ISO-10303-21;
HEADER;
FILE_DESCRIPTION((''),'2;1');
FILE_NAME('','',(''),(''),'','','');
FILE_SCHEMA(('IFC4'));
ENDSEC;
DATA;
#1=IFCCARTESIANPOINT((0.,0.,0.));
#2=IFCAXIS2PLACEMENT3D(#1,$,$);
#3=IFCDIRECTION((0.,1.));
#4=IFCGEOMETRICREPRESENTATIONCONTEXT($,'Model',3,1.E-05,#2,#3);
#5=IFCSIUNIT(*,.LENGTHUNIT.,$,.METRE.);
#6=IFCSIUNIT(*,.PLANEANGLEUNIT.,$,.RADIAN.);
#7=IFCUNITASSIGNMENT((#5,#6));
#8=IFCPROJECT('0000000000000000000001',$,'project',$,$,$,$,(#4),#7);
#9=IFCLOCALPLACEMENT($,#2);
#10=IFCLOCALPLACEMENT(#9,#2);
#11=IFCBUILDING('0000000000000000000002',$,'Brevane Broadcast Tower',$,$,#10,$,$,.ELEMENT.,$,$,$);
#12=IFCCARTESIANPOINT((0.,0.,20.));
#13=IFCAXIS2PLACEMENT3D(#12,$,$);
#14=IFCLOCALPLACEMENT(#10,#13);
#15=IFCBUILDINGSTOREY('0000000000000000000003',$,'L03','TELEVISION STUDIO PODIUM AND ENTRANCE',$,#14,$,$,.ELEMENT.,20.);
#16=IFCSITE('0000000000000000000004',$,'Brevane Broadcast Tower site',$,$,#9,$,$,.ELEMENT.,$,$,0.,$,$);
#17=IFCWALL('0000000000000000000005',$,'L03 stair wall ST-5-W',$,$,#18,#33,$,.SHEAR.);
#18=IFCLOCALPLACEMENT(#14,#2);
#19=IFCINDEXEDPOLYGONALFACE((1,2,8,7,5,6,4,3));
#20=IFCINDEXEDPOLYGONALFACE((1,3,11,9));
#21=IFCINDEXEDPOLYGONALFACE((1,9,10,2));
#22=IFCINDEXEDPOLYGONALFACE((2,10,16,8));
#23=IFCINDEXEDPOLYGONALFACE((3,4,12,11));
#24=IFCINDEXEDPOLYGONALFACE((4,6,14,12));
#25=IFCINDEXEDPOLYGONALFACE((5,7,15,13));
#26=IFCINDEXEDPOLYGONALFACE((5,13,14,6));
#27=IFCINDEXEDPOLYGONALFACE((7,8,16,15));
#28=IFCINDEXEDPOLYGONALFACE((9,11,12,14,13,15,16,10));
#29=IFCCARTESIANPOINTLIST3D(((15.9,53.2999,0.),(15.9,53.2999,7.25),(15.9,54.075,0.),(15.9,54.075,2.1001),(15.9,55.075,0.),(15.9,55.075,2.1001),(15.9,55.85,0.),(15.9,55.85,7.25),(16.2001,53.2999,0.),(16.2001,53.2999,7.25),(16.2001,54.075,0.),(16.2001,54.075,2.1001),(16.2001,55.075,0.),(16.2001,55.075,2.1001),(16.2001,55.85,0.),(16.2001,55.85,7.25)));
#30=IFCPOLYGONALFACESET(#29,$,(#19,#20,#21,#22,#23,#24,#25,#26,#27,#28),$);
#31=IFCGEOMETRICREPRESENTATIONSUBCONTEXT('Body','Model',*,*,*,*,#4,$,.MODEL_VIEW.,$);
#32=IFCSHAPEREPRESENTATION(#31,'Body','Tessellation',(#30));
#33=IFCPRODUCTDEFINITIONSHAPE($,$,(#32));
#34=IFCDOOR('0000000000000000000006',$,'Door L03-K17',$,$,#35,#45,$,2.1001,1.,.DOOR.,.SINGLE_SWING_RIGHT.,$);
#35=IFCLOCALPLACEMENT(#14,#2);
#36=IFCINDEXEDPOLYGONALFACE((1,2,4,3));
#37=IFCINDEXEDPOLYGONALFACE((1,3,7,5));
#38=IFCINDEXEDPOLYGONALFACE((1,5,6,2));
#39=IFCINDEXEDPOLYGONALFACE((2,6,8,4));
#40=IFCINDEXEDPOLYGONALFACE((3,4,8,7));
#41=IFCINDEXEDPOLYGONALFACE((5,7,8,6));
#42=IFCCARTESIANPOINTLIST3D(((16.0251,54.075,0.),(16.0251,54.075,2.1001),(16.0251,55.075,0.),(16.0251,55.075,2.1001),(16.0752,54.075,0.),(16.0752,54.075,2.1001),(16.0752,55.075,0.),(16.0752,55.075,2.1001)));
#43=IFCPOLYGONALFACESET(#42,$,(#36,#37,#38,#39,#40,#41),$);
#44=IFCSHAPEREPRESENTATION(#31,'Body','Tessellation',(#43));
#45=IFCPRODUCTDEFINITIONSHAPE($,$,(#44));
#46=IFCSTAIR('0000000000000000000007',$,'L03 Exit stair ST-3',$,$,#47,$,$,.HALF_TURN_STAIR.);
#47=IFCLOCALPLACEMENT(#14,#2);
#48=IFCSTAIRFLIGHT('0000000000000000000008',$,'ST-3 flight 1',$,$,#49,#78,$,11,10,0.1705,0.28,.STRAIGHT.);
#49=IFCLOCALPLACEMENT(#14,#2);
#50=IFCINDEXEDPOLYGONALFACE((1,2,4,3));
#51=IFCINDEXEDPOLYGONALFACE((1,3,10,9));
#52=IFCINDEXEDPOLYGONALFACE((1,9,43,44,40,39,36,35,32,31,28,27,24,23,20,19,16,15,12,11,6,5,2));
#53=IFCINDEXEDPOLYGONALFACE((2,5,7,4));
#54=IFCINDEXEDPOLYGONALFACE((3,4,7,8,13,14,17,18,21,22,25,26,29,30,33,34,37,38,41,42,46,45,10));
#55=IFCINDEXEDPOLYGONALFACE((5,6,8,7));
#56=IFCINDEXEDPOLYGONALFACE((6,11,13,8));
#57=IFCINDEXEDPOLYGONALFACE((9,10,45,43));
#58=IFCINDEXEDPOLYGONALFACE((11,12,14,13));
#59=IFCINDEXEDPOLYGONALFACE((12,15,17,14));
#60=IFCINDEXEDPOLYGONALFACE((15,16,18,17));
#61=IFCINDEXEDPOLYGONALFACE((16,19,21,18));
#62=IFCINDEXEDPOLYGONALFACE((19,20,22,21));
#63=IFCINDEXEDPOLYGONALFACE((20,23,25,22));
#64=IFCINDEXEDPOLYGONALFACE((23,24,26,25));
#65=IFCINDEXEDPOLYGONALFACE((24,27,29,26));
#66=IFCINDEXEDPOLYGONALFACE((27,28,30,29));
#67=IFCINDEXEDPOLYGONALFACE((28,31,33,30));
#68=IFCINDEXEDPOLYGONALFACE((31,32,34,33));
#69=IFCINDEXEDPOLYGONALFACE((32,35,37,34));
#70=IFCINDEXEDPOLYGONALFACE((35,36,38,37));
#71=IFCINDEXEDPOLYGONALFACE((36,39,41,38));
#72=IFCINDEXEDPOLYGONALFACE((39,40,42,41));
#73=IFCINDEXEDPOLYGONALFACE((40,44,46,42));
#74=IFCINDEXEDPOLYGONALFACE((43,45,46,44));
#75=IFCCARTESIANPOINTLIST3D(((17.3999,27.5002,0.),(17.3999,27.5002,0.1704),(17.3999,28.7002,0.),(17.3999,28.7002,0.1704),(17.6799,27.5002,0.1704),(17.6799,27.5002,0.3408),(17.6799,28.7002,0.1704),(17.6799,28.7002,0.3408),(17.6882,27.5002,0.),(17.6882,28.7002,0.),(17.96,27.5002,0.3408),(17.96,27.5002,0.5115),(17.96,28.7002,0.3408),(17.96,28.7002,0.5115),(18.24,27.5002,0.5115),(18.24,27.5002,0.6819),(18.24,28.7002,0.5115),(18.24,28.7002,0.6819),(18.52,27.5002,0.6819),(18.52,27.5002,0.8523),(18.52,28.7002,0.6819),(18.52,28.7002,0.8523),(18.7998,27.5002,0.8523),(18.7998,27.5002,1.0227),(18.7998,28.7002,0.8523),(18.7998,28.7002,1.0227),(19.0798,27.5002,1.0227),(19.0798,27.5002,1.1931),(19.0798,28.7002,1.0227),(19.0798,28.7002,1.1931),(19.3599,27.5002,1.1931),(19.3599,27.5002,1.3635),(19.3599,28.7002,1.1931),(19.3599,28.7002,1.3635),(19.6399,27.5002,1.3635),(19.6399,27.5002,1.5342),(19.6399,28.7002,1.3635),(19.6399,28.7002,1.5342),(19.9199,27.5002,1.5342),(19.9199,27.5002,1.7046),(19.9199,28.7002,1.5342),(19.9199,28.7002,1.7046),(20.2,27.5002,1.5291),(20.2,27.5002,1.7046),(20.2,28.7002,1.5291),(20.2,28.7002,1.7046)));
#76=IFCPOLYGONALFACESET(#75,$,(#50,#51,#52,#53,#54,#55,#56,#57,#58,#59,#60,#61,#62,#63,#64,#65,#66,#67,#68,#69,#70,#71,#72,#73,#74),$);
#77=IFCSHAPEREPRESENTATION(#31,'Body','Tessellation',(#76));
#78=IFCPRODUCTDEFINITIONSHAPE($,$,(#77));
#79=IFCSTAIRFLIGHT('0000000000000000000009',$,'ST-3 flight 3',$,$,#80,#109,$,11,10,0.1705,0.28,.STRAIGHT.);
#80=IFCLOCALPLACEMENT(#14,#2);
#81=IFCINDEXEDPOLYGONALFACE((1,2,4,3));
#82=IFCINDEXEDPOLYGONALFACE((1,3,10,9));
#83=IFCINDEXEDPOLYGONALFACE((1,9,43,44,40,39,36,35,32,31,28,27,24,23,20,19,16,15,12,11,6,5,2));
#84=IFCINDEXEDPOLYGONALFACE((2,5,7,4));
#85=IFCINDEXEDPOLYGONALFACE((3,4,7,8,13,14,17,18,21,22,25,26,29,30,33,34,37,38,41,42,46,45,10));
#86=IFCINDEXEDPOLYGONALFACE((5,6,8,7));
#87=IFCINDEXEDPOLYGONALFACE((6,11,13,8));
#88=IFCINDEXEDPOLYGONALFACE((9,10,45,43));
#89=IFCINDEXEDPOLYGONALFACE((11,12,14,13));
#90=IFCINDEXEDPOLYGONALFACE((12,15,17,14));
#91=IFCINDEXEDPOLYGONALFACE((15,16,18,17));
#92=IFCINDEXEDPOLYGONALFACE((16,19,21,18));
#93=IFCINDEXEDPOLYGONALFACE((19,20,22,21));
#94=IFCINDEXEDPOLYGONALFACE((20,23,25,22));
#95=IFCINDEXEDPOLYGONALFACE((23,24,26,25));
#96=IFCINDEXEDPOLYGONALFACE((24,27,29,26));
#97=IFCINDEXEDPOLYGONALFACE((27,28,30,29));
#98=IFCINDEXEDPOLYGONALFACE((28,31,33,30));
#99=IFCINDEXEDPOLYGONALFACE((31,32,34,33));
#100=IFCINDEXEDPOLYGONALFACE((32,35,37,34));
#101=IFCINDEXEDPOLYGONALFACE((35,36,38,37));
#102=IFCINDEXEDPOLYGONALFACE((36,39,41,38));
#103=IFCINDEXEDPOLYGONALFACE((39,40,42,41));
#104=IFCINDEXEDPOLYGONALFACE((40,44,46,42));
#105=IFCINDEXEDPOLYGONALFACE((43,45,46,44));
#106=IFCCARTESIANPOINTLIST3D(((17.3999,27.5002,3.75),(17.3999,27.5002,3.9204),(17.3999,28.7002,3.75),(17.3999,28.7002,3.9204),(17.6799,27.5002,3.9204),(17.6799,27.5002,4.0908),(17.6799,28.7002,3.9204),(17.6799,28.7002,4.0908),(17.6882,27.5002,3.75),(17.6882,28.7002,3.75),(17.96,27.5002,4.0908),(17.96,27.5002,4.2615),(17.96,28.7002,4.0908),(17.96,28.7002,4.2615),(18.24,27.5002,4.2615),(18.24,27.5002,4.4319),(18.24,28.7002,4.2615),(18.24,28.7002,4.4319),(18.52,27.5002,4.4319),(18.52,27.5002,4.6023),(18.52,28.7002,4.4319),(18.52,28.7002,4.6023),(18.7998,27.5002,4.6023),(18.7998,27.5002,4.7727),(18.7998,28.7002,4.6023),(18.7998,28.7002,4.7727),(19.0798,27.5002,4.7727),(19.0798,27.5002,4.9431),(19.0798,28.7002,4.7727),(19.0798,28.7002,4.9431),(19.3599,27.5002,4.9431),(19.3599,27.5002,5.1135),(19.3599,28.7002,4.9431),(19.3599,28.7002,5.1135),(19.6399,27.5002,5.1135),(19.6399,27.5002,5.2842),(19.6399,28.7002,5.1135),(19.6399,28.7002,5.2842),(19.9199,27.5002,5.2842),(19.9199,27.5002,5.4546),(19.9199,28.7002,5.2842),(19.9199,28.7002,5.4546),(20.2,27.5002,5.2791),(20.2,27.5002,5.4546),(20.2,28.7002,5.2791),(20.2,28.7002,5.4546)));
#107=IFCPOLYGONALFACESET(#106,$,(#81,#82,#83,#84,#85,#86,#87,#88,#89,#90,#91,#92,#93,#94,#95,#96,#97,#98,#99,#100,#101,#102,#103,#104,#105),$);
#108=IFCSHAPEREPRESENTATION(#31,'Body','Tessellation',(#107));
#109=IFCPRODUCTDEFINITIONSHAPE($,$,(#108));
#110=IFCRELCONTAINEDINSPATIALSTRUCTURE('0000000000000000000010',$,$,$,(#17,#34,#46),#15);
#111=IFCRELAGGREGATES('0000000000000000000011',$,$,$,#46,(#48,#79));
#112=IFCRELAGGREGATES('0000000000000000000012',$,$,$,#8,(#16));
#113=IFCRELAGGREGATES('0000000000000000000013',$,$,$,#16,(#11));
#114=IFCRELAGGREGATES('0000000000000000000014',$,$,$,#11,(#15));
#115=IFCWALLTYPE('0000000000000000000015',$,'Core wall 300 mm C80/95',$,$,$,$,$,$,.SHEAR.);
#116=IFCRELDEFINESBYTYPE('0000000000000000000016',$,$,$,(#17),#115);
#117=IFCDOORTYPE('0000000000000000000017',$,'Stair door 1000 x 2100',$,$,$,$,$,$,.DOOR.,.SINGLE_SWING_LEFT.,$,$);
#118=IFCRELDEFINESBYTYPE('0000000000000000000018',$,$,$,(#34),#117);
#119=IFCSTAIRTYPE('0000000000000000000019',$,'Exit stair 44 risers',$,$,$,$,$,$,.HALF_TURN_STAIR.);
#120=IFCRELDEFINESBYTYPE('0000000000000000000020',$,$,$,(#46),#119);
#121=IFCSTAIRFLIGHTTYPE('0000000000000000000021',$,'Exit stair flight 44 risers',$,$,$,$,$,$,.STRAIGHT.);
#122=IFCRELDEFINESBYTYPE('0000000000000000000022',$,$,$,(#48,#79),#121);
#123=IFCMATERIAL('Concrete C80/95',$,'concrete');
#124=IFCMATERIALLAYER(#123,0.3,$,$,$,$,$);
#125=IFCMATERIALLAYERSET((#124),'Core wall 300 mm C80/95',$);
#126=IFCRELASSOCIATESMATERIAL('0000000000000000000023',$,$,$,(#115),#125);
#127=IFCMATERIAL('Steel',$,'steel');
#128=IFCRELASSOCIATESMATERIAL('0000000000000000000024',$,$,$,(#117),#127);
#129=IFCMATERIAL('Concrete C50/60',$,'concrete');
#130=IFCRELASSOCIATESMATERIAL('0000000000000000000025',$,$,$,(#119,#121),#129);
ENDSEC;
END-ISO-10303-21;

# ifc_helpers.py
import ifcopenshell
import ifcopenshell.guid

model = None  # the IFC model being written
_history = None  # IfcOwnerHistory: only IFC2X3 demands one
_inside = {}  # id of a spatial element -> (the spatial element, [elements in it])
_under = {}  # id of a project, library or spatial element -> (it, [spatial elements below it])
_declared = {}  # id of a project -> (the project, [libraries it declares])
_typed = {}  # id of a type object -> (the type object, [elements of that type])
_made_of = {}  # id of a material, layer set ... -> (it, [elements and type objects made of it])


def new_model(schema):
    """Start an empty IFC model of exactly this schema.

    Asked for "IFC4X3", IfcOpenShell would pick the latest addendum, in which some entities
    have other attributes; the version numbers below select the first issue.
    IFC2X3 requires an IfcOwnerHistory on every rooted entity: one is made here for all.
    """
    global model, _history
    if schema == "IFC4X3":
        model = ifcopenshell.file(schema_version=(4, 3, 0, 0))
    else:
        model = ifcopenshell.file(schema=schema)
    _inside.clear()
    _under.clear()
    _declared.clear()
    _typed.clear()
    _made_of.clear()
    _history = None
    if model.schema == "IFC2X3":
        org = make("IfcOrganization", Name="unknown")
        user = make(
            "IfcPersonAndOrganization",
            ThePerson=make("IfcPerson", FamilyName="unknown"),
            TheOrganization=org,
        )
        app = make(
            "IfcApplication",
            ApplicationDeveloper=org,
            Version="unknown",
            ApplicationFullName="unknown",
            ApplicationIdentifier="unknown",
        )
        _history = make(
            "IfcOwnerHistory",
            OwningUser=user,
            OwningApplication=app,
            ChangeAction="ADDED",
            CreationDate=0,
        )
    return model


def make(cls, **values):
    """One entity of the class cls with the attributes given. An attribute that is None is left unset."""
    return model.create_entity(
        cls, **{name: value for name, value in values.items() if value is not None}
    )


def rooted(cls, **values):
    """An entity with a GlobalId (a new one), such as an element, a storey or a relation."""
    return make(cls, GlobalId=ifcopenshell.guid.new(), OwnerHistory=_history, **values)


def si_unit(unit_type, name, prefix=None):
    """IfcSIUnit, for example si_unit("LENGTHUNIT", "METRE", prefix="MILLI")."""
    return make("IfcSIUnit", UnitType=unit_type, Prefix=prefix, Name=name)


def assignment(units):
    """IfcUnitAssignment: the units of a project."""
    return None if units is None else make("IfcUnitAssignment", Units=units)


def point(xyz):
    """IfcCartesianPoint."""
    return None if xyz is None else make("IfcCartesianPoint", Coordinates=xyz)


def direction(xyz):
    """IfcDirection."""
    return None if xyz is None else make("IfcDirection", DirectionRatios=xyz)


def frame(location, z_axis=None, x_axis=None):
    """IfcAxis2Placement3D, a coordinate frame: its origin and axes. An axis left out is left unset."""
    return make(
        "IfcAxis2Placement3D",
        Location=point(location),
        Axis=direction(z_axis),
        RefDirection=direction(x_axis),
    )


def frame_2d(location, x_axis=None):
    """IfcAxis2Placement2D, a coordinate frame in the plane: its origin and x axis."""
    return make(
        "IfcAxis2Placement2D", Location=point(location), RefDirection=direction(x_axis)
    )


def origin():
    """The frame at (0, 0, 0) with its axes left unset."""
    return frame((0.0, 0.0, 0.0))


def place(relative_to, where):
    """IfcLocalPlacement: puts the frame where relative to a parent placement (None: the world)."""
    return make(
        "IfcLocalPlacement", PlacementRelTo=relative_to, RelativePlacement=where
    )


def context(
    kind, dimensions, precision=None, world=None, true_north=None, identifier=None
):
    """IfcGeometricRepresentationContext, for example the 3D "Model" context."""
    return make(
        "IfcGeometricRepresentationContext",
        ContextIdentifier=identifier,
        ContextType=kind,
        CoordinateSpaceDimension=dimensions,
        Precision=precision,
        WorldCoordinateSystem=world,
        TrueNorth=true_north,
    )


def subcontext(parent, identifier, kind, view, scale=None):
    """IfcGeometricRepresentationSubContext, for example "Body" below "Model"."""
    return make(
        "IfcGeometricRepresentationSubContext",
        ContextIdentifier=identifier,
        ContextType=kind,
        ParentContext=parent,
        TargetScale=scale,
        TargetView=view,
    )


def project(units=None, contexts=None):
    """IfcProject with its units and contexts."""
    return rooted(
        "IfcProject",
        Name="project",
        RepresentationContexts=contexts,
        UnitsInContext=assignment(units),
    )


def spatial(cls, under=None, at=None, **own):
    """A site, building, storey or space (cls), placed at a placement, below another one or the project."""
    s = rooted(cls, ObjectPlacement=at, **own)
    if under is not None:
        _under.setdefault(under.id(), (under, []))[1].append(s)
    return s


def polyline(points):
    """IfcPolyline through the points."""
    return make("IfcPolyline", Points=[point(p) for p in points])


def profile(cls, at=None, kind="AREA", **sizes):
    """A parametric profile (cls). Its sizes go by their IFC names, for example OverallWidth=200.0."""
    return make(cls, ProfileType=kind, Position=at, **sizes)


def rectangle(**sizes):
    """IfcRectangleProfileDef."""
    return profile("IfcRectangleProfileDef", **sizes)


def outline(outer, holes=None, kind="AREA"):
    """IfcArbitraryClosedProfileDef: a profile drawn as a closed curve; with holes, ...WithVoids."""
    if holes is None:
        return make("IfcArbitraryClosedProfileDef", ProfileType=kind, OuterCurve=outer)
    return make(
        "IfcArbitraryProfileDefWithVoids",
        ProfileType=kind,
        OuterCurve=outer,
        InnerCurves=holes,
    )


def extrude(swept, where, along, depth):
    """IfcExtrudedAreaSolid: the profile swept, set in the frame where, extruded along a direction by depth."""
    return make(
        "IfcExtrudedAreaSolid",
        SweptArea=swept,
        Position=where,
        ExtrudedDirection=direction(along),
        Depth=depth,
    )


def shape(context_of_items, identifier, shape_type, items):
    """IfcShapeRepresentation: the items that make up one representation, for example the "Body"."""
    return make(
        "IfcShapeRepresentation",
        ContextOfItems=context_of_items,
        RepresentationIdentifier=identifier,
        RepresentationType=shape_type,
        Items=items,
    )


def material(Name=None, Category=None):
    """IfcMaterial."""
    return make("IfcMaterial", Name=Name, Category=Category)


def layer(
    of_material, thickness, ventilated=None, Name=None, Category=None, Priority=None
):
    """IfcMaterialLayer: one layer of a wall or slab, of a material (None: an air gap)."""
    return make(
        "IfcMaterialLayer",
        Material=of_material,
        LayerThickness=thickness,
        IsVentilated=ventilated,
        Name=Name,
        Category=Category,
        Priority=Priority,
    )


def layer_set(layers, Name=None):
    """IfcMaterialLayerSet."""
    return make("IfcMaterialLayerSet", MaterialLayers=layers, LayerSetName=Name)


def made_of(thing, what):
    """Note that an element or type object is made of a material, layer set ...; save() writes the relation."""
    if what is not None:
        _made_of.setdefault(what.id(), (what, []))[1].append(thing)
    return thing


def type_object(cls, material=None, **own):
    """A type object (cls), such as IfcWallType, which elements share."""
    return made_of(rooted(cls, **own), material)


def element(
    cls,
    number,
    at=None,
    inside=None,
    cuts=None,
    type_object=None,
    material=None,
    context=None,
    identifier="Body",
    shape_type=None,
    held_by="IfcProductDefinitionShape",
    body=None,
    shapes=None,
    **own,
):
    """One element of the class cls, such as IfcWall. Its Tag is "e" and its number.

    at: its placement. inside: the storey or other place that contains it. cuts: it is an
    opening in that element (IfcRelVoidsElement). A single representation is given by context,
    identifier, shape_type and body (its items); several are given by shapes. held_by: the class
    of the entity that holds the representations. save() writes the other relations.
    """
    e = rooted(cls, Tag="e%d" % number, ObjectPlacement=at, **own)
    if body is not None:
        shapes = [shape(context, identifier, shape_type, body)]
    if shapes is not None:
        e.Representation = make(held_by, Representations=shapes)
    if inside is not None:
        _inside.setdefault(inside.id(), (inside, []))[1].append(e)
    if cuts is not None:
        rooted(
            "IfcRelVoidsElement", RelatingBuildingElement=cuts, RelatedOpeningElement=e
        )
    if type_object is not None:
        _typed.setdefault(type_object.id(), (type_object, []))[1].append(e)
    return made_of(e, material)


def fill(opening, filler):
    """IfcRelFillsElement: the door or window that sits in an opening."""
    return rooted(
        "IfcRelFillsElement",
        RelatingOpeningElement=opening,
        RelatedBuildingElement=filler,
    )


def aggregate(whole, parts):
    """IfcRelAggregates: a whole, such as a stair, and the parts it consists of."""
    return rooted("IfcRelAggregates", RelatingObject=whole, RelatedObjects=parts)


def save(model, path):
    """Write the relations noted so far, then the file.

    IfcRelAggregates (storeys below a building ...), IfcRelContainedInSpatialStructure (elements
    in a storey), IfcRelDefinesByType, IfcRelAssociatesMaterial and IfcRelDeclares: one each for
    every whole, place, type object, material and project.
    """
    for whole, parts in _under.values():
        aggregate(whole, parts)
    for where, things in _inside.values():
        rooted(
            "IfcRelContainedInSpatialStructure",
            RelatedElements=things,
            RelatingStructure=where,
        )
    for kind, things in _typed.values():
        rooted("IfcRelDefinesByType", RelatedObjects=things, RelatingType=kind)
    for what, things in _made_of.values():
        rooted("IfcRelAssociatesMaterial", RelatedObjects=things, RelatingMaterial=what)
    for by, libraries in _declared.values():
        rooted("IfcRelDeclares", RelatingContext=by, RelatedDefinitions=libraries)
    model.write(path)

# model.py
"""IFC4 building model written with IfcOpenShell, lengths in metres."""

from ifc_helpers import new_model, si_unit, direction, frame, frame_2d, origin, place, context, subcontext, project, spatial, polyline, rectangle, outline, extrude, material, layer, layer_set, type_object, element, fill, aggregate, save


model = new_model("IFC4")

# Units and contexts
model_context = context("Model", 3, precision=1e-05, world=origin(), true_north=direction((0.0, 1.0)))
body_context = subcontext(model_context, "Body", "Model", "MODEL_VIEW")
ifc_project = project(units=[si_unit("LENGTHUNIT", "METRE"), si_unit("PLANEANGLEUNIT", "RADIAN")], contexts=[model_context])

# Site, building, storey
site_placement = place(None, origin())
site = spatial("IfcSite", under=ifc_project, at=site_placement, Name="Brevane Broadcast Tower site", CompositionType="ELEMENT", RefElevation=0.0)
building_placement = place(site_placement, origin())
building = spatial("IfcBuilding", under=site, at=building_placement, Name="Brevane Broadcast Tower", CompositionType="ELEMENT")
storey_placement = place(building_placement, frame((0.0, 0.0, 20.0)))
storey = spatial("IfcBuildingStorey", under=building, at=storey_placement, Name="L03", Description="TELEVISION STUDIO PODIUM AND ENTRANCE", CompositionType="ELEMENT", Elevation=20.0)

# Shared definitions
ifc_material_1 = material(Name="Concrete C80/95", Category="concrete")
ifc_layer = layer(ifc_material_1, 0.3)
ifc_layer_set = layer_set([ifc_layer], Name="Core wall 300 mm C80/95")
wall_type = type_object("IfcWallType", Name="Core wall 300 mm C80/95", PredefinedType="SHEAR", material=ifc_layer_set)

# Shared definitions
ifc_material_2 = material(Name="Steel", Category="steel")
door_type_1 = type_object("IfcDoorType", Name="Stair door 1000 x 2100", OperationType="SINGLE_SWING_LEFT", PredefinedType="DOOR", material=ifc_material_2)

# Wall, opening, door
wall_1_placement = place(storey_placement, frame((16.05, 53.3, 0.0), z_axis=(0.0, 0.0, 1.0), x_axis=(0.0, 1.0, 0.0)))
wall_1 = element("IfcWall", 1, at=wall_1_placement, inside=storey, type_object=wall_type, Name="L03 stair wall ST-5-W", PredefinedType="SHEAR", context=body_context, shape_type="SweptSolid", body=[
    extrude(rectangle(XDim=2.55, YDim=0.3, at=frame_2d((1.2749, 0.0))), origin(), (0.0, 0.0, 1.0), 7.25),
])
opening_1_placement = place(wall_1_placement, frame((0.7749, 0.0, 0.0)))
opening_1 = element("IfcOpeningElement", 2, at=opening_1_placement, cuts=wall_1, PredefinedType="OPENING", context=body_context, shape_type="SweptSolid", body=[
    extrude(rectangle(XDim=1.0, YDim=2.1001, at=frame_2d((0.5, 1.05))), frame((0.0, 0.1599, 0.0), z_axis=(0.0, -1.0, 0.0), x_axis=(1.0, 0.0, 0.0)), (0.0, 0.0, 1.0), 0.3201),
])
door_1_placement = place(opening_1_placement, origin())
door_1 = element("IfcDoor", 3, at=door_1_placement, inside=storey, type_object=door_type_1, Name="Door L03-K17", OperationType="SINGLE_SWING_RIGHT", OverallHeight=2.1001, OverallWidth=1.0, PredefinedType="DOOR", context=body_context, shape_type="SweptSolid", body=[
    extrude(rectangle(XDim=1.0, YDim=2.1001, at=frame_2d((0.5, 1.05))), frame((0.0, 0.0249, 0.0), z_axis=(0.0, -1.0, 0.0), x_axis=(1.0, 0.0, 0.0)), (0.0, 0.0, 1.0), 0.05),
])
fill(opening_1, door_1)

# Stair, stair flights
ifc_material_3 = material(Name="Concrete C50/60", Category="concrete")
stair_type = type_object("IfcStairType", Name="Exit stair 44 risers", PredefinedType="HALF_TURN_STAIR", material=ifc_material_3)
stair_placement = place(storey_placement, origin())
stair = element("IfcStair", 4, at=stair_placement, inside=storey, type_object=stair_type, Name="L03 Exit stair ST-3", PredefinedType="HALF_TURN_STAIR")
stair_flight_type = type_object("IfcStairFlightType", Name="Exit stair flight 44 risers", PredefinedType="STRAIGHT", material=ifc_material_3)
stair_flight_1_placement = place(storey_placement, frame((17.3999, 28.1001, 0.0), z_axis=(0.0, 0.0, 1.0), x_axis=(1.0, 0.0, 0.0)))
stair_flight_1 = element("IfcStairFlight", 5, at=stair_flight_1_placement, type_object=stair_flight_type, Name="ST-3 flight 1", NumberOfRisers=11, NumberOfTreads=10, PredefinedType="STRAIGHT", RiserHeight=0.1705, TreadLength=0.28, context=body_context, shape_type="SweptSolid", body=[
    extrude(outline(polyline([(0.0, 0.0), (0.0, 0.1704), (0.28, 0.1704), (0.28, 0.3408), (0.5601, 0.3408), (0.5601, 0.5115), (0.8401, 0.5115), (0.8401, 0.6819), (1.1201, 0.6819), (1.1201, 0.8523), (1.3999, 0.8523), (1.3999, 1.0227), (1.6799, 1.0227), (1.6799, 1.1931), (1.96, 1.1931), (1.96, 1.3635), (2.24, 1.3635), (2.24, 1.5342), (2.52, 1.5342), (2.52, 1.7046), (2.8, 1.7046), (2.8, 1.875), (2.8, 1.5291), (0.2883, 0.0), (0.0, 0.0)])), frame((0.0, 0.6001, 0.0), z_axis=(0.0, -1.0, 0.0), x_axis=(1.0, 0.0, 0.0)), (0.0, 0.0, 1.0), 1.2),
])
stair_flight_2_placement = place(storey_placement, frame((17.3999, 28.1001, 3.75), z_axis=(0.0, 0.0, 1.0), x_axis=(1.0, 0.0, 0.0)))
stair_flight_2 = element("IfcStairFlight", 6, at=stair_flight_2_placement, type_object=stair_flight_type, Name="ST-3 flight 3", NumberOfRisers=11, NumberOfTreads=10, PredefinedType="STRAIGHT", RiserHeight=0.1705, TreadLength=0.28, context=body_context, shape_type="SweptSolid", body=[
    extrude(outline(polyline([(0.0, 0.0), (0.0, 0.1704), (0.28, 0.1704), (0.28, 0.3408), (0.5601, 0.3408), (0.5601, 0.5115), (0.8401, 0.5115), (0.8401, 0.6819), (1.1201, 0.6819), (1.1201, 0.8523), (1.3999, 0.8523), (1.3999, 1.0227), (1.6799, 1.0227), (1.6799, 1.1931), (1.96, 1.1931), (1.96, 1.3635), (2.24, 1.3635), (2.24, 1.5342), (2.52, 1.5342), (2.52, 1.7046), (2.8, 1.7046), (2.8, 1.875), (2.8, 1.5291), (0.2883, 0.0), (0.0, 0.0)])), frame((0.0, 0.6001, 0.0), z_axis=(0.0, -1.0, 0.0), x_axis=(1.0, 0.0, 0.0)), (0.0, 0.0, 1.0), 1.2),
])
aggregate(stair, [stair_flight_1, stair_flight_2])

save(model, "model.ifc")
